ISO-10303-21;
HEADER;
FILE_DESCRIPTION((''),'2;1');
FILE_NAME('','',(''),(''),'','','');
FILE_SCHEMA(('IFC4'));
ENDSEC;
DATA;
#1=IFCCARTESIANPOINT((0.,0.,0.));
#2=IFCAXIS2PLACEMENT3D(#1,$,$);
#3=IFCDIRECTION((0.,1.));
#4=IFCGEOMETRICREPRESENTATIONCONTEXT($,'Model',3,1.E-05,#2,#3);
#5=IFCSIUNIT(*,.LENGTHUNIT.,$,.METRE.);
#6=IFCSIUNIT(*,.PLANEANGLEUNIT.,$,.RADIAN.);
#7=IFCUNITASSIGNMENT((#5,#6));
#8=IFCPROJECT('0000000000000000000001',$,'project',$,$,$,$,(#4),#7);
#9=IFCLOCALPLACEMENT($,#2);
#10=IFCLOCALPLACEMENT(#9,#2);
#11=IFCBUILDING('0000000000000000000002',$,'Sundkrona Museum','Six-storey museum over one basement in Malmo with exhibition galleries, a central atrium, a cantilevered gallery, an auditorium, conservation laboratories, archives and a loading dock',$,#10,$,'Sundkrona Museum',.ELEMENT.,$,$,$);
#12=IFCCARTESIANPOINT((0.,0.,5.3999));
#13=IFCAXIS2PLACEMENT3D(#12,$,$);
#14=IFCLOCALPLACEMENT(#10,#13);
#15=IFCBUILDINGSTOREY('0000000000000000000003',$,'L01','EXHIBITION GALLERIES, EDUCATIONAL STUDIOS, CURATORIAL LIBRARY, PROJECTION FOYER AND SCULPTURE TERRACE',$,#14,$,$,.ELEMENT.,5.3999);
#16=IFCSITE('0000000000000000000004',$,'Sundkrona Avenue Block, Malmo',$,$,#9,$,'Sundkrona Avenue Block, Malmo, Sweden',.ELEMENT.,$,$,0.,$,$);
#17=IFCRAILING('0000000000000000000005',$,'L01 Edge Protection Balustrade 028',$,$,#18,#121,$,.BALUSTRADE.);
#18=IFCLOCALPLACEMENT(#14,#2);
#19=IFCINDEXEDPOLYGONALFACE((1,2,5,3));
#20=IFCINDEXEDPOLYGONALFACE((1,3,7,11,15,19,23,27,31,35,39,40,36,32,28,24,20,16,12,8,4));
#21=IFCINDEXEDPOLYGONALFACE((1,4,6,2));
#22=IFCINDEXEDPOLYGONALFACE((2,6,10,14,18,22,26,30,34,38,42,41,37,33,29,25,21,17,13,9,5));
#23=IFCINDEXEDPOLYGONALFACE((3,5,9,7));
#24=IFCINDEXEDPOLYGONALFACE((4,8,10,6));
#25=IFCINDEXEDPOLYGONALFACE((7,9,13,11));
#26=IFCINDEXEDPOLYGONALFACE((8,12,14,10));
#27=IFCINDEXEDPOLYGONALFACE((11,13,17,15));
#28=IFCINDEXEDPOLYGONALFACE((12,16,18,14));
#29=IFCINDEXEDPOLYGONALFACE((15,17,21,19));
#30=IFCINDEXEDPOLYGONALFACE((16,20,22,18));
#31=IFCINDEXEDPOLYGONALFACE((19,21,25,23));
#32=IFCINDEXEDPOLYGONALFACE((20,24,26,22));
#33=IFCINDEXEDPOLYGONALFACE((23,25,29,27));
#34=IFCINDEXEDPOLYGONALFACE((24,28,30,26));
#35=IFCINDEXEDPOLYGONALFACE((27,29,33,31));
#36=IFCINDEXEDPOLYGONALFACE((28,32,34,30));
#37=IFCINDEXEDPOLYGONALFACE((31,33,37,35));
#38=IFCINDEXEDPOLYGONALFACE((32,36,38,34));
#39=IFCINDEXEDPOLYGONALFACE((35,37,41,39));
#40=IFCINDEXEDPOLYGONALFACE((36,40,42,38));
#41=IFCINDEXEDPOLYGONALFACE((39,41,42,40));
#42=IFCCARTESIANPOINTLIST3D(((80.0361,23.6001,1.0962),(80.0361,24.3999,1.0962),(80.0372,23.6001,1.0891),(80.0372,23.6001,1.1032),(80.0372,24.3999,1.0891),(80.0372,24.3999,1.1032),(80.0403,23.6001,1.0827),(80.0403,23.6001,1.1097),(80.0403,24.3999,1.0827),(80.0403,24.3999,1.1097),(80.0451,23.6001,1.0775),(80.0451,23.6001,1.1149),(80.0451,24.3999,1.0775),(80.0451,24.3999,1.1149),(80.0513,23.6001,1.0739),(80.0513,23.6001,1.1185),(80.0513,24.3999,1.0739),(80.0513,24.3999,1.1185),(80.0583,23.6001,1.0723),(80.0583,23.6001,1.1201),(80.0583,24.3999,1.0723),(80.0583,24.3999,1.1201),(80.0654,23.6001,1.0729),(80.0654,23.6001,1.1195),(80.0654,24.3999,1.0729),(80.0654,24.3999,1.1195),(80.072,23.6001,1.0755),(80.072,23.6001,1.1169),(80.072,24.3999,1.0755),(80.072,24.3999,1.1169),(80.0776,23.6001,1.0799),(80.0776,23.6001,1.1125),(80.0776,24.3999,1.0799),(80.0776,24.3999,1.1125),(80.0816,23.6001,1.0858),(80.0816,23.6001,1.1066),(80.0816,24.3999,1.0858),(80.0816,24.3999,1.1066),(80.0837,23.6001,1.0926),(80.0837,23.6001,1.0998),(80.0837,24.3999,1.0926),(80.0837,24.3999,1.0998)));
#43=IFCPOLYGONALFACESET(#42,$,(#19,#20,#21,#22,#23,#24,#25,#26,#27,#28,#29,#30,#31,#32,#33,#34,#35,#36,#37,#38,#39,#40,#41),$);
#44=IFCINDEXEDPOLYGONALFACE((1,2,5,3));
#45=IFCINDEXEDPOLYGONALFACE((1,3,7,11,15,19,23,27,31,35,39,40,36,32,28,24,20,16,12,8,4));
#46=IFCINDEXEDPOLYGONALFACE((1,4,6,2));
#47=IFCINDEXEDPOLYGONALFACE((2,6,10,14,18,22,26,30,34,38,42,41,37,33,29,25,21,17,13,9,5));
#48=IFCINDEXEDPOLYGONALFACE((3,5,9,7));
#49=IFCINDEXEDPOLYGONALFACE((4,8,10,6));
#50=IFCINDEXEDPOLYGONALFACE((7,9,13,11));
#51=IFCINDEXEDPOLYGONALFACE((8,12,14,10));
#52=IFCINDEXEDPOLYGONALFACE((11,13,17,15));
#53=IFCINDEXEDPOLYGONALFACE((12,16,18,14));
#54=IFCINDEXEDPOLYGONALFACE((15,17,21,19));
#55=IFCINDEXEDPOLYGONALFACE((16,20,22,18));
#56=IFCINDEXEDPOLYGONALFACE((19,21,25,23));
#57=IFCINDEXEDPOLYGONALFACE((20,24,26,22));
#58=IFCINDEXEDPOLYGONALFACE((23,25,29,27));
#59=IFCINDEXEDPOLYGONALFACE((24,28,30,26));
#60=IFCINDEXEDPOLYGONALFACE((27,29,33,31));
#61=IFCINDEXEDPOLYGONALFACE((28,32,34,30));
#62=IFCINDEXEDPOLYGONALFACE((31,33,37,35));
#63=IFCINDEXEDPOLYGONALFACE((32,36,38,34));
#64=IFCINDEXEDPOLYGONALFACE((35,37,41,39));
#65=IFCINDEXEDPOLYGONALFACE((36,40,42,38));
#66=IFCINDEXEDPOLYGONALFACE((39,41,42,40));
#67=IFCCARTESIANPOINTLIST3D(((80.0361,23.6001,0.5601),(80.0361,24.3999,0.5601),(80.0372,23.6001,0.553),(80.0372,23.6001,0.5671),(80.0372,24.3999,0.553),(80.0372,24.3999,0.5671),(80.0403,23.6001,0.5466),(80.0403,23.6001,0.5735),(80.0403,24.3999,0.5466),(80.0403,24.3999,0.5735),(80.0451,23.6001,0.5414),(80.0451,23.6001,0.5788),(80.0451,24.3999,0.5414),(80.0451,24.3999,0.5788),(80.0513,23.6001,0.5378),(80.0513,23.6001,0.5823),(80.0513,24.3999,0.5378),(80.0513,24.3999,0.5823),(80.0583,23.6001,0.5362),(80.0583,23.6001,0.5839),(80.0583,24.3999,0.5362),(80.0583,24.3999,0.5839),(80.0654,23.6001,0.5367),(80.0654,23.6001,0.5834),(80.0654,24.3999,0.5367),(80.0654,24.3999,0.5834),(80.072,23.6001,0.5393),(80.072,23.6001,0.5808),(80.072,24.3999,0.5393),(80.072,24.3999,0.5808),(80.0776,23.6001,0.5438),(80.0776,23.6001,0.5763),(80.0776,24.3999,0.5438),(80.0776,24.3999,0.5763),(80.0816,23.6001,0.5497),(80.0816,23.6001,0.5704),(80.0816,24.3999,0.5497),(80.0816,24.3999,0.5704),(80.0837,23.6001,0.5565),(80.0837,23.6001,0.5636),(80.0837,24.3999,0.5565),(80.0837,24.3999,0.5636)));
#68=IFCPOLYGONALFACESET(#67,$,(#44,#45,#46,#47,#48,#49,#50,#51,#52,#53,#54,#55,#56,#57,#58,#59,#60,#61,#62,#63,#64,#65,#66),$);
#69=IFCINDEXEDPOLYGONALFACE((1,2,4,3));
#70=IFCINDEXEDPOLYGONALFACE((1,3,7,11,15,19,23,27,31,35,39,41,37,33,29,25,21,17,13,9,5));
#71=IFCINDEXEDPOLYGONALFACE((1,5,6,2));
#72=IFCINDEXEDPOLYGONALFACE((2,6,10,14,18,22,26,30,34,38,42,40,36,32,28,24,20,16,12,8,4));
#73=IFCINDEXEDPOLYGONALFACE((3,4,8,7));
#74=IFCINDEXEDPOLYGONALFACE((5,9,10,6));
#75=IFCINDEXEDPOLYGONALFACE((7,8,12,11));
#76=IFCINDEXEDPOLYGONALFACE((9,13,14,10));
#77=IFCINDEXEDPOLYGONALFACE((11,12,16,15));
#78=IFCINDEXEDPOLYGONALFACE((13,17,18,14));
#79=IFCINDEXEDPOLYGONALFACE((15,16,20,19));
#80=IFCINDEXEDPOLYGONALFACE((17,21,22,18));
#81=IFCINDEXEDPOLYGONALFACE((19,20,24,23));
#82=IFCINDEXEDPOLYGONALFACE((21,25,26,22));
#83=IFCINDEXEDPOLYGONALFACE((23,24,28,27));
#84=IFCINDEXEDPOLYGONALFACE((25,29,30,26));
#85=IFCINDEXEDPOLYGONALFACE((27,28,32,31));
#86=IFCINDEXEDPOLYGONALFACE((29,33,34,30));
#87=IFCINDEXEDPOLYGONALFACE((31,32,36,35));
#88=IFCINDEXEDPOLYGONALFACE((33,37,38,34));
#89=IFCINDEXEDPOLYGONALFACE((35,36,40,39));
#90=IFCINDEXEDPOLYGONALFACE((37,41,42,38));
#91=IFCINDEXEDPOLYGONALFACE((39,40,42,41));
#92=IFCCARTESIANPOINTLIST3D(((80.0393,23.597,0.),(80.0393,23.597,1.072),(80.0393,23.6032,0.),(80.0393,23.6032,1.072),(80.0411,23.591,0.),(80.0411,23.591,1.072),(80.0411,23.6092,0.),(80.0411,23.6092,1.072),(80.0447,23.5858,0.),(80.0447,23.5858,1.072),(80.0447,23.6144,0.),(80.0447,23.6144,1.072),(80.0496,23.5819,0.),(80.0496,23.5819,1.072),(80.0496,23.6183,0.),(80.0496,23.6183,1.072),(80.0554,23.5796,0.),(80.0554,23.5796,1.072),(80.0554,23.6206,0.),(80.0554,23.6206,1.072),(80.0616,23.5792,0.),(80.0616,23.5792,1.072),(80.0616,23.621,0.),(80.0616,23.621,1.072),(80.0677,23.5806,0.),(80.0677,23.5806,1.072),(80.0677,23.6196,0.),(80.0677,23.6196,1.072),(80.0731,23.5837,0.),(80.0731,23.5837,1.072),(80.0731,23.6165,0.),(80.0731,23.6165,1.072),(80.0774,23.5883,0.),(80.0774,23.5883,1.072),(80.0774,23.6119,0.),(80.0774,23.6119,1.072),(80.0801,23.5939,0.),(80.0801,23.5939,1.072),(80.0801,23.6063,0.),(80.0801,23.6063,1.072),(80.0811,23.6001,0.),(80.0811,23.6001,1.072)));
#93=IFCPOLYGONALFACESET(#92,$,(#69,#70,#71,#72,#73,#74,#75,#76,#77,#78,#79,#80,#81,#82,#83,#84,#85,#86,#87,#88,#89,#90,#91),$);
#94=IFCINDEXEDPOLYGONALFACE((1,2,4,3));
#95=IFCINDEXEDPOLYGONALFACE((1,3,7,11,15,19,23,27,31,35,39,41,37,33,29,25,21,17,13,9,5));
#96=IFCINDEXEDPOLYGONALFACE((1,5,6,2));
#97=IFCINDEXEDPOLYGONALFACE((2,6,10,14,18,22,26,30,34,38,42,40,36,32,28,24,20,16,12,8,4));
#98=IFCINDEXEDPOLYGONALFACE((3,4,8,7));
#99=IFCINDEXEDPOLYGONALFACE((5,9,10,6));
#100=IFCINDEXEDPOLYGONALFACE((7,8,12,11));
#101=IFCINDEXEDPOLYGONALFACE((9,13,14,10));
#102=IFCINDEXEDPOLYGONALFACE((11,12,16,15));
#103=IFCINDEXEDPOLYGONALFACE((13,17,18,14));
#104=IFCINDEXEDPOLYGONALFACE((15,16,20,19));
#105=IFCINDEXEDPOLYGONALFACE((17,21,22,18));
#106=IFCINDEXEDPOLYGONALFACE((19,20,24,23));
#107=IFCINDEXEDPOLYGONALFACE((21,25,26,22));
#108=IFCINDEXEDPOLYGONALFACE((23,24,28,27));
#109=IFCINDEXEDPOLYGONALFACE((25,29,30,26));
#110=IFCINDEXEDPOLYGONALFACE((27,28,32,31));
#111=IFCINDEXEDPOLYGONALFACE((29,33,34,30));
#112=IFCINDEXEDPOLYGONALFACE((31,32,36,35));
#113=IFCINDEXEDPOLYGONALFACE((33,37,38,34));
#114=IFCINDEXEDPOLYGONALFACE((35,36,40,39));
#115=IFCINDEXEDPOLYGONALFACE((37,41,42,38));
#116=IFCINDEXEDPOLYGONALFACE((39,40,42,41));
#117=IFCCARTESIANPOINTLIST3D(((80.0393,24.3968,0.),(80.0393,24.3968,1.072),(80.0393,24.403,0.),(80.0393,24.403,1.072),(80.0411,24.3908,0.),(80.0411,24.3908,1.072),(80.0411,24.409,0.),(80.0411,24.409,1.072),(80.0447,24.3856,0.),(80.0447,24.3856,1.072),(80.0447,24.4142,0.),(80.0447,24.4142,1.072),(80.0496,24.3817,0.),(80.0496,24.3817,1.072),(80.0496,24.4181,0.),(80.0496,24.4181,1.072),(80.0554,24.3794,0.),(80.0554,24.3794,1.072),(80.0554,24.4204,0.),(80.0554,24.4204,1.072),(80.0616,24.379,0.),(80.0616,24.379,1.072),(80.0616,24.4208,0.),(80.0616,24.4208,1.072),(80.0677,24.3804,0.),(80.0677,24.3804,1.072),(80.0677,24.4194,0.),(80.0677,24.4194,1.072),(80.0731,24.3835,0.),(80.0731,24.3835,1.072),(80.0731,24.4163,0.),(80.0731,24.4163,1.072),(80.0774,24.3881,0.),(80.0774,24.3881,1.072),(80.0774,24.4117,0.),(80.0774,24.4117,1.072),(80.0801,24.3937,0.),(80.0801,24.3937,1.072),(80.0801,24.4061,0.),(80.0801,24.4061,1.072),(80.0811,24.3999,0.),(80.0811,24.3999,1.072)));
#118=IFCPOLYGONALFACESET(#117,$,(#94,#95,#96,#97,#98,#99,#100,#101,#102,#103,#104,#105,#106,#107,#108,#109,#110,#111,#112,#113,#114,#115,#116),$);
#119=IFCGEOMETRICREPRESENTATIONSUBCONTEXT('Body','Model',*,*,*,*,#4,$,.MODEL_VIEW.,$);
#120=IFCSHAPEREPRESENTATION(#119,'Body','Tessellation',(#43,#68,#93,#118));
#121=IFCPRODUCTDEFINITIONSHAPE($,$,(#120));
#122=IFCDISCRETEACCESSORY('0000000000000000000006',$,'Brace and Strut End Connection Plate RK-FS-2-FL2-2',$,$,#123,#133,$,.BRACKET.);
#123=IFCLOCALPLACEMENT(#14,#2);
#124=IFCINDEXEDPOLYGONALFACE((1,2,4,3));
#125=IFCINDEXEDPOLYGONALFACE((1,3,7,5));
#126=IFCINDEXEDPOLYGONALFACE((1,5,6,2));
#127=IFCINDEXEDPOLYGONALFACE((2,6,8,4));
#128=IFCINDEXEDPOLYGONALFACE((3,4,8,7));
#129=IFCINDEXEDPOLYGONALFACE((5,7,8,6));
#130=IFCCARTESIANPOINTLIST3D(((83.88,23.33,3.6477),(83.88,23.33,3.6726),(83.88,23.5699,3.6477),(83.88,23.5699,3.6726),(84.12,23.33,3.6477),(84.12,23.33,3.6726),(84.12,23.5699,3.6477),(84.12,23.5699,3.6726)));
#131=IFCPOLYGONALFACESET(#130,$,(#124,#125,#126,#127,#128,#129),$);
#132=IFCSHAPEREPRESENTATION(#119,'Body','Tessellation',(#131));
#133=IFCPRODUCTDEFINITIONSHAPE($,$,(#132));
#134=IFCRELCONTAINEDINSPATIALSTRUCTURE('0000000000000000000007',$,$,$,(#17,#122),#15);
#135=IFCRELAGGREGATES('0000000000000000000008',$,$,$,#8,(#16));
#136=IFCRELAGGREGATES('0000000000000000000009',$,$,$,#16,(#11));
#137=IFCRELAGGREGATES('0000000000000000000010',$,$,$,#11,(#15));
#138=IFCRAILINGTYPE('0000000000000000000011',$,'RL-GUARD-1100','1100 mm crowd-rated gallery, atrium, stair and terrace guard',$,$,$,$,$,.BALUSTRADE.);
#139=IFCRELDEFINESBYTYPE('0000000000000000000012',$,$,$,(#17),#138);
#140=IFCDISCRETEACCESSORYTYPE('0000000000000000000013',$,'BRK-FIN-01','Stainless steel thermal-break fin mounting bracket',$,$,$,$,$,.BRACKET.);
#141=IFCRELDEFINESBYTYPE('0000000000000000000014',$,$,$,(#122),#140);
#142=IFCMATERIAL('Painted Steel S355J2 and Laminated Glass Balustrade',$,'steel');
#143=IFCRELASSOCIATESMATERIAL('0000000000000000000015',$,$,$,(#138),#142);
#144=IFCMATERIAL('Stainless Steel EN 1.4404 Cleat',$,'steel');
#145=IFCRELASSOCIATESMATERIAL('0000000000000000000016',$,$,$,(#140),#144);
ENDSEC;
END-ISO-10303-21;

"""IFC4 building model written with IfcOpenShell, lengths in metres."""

from ifc_helpers import new_model, si_unit, direction, frame, origin, origin_2d, place, context, subcontext, project, spatial, rectangle, circle, extrude, material, type_object, element, save


model = new_model("IFC4")

# Units and contexts
model_context = context("Model", 3, precision=1e-05, world=origin(), true_north=direction((0.0, 1.0)))
body_context = subcontext(model_context, "Body", "Model", "MODEL_VIEW")
ifc_project = project(units=[si_unit("LENGTHUNIT", "METRE"), si_unit("PLANEANGLEUNIT", "RADIAN")], contexts=[model_context])

# Site, building, storey
site_placement = place(None, origin())
site = spatial("IfcSite", under=ifc_project, at=site_placement, Name="Sundkrona Avenue Block, Malmo", LongName="Sundkrona Avenue Block, Malmo, Sweden", CompositionType="ELEMENT", RefElevation=0.0)
building_placement = place(site_placement, origin())
building = spatial("IfcBuilding", under=site, at=building_placement, Name="Sundkrona Museum", Description="Six-storey museum over one basement in Malmo with exhibition galleries, a central atrium, a cantilevered gallery, an auditorium, conservation laboratories, archives and a loading dock", LongName="Sundkrona Museum", CompositionType="ELEMENT")
storey_placement = place(building_placement, frame((0.0, 0.0, 5.3999)))
storey = spatial("IfcBuildingStorey", under=building, at=storey_placement, Name="L01", Description="EXHIBITION GALLERIES, EDUCATIONAL STUDIOS, CURATORIAL LIBRARY, PROJECTION FOYER AND SCULPTURE TERRACE", CompositionType="ELEMENT", Elevation=5.3999)

# Railing
ifc_material_1 = material(Name="Painted Steel S355J2 and Laminated Glass Balustrade", Category="steel")
railing_type = type_object("IfcRailingType", Name="RL-GUARD-1100", Description="1100 mm crowd-rated gallery, atrium, stair and terrace guard", PredefinedType="BALUSTRADE", material=ifc_material_1)
railing_placement = place(storey_placement, frame((80.0601, 23.6001, 0.0)))
element("IfcRailing", 1, at=railing_placement, inside=storey, type_object=railing_type, Name="L01 Edge Protection Balustrade 028", PredefinedType="BALUSTRADE", context=body_context, shape_type="SweptSolid", body=[
    extrude(circle(Radius=0.0239, at=origin_2d()), frame((0.0, 0.0, 1.0962), z_axis=(0.0, 1.0, 0.0), x_axis=(-1.0, 0.0, 0.0)), (0.0, 0.0, 1.0), 0.7998),
    extrude(circle(Radius=0.0239, at=origin_2d()), frame((0.0, 0.0, 0.5601), z_axis=(0.0, 1.0, 0.0), x_axis=(-1.0, 0.0, 0.0)), (0.0, 0.0, 1.0), 0.7998),
    extrude(circle(Radius=0.021, at=origin_2d()), origin(), (0.0, 0.0, 1.0), 1.072),
    extrude(circle(Radius=0.021, at=origin_2d()), frame((0.0, 0.7998, 0.0)), (0.0, 0.0, 1.0), 1.072),
])

# Discrete accessory
ifc_material_2 = material(Name="Stainless Steel EN 1.4404 Cleat", Category="steel")
discrete_accessory_type = type_object("IfcDiscreteAccessoryType", Name="BRK-FIN-01", Description="Stainless steel thermal-break fin mounting bracket", PredefinedType="BRACKET", material=ifc_material_2)
discrete_accessory_placement = place(storey_placement, frame((84.0, 23.45, 3.6477), z_axis=(0.0, 0.0, 1.0), x_axis=(1.0, 0.0, 0.0)))
element("IfcDiscreteAccessory", 2, at=discrete_accessory_placement, inside=storey, type_object=discrete_accessory_type, Name="Brace and Strut End Connection Plate RK-FS-2-FL2-2", PredefinedType="BRACKET", context=body_context, shape_type="SweptSolid", body=[
    extrude(rectangle(XDim=0.24, YDim=0.24, at=origin_2d()), origin(), (0.0, 0.0, 1.0), 0.0249),
])

save(model, "model.ifc")
